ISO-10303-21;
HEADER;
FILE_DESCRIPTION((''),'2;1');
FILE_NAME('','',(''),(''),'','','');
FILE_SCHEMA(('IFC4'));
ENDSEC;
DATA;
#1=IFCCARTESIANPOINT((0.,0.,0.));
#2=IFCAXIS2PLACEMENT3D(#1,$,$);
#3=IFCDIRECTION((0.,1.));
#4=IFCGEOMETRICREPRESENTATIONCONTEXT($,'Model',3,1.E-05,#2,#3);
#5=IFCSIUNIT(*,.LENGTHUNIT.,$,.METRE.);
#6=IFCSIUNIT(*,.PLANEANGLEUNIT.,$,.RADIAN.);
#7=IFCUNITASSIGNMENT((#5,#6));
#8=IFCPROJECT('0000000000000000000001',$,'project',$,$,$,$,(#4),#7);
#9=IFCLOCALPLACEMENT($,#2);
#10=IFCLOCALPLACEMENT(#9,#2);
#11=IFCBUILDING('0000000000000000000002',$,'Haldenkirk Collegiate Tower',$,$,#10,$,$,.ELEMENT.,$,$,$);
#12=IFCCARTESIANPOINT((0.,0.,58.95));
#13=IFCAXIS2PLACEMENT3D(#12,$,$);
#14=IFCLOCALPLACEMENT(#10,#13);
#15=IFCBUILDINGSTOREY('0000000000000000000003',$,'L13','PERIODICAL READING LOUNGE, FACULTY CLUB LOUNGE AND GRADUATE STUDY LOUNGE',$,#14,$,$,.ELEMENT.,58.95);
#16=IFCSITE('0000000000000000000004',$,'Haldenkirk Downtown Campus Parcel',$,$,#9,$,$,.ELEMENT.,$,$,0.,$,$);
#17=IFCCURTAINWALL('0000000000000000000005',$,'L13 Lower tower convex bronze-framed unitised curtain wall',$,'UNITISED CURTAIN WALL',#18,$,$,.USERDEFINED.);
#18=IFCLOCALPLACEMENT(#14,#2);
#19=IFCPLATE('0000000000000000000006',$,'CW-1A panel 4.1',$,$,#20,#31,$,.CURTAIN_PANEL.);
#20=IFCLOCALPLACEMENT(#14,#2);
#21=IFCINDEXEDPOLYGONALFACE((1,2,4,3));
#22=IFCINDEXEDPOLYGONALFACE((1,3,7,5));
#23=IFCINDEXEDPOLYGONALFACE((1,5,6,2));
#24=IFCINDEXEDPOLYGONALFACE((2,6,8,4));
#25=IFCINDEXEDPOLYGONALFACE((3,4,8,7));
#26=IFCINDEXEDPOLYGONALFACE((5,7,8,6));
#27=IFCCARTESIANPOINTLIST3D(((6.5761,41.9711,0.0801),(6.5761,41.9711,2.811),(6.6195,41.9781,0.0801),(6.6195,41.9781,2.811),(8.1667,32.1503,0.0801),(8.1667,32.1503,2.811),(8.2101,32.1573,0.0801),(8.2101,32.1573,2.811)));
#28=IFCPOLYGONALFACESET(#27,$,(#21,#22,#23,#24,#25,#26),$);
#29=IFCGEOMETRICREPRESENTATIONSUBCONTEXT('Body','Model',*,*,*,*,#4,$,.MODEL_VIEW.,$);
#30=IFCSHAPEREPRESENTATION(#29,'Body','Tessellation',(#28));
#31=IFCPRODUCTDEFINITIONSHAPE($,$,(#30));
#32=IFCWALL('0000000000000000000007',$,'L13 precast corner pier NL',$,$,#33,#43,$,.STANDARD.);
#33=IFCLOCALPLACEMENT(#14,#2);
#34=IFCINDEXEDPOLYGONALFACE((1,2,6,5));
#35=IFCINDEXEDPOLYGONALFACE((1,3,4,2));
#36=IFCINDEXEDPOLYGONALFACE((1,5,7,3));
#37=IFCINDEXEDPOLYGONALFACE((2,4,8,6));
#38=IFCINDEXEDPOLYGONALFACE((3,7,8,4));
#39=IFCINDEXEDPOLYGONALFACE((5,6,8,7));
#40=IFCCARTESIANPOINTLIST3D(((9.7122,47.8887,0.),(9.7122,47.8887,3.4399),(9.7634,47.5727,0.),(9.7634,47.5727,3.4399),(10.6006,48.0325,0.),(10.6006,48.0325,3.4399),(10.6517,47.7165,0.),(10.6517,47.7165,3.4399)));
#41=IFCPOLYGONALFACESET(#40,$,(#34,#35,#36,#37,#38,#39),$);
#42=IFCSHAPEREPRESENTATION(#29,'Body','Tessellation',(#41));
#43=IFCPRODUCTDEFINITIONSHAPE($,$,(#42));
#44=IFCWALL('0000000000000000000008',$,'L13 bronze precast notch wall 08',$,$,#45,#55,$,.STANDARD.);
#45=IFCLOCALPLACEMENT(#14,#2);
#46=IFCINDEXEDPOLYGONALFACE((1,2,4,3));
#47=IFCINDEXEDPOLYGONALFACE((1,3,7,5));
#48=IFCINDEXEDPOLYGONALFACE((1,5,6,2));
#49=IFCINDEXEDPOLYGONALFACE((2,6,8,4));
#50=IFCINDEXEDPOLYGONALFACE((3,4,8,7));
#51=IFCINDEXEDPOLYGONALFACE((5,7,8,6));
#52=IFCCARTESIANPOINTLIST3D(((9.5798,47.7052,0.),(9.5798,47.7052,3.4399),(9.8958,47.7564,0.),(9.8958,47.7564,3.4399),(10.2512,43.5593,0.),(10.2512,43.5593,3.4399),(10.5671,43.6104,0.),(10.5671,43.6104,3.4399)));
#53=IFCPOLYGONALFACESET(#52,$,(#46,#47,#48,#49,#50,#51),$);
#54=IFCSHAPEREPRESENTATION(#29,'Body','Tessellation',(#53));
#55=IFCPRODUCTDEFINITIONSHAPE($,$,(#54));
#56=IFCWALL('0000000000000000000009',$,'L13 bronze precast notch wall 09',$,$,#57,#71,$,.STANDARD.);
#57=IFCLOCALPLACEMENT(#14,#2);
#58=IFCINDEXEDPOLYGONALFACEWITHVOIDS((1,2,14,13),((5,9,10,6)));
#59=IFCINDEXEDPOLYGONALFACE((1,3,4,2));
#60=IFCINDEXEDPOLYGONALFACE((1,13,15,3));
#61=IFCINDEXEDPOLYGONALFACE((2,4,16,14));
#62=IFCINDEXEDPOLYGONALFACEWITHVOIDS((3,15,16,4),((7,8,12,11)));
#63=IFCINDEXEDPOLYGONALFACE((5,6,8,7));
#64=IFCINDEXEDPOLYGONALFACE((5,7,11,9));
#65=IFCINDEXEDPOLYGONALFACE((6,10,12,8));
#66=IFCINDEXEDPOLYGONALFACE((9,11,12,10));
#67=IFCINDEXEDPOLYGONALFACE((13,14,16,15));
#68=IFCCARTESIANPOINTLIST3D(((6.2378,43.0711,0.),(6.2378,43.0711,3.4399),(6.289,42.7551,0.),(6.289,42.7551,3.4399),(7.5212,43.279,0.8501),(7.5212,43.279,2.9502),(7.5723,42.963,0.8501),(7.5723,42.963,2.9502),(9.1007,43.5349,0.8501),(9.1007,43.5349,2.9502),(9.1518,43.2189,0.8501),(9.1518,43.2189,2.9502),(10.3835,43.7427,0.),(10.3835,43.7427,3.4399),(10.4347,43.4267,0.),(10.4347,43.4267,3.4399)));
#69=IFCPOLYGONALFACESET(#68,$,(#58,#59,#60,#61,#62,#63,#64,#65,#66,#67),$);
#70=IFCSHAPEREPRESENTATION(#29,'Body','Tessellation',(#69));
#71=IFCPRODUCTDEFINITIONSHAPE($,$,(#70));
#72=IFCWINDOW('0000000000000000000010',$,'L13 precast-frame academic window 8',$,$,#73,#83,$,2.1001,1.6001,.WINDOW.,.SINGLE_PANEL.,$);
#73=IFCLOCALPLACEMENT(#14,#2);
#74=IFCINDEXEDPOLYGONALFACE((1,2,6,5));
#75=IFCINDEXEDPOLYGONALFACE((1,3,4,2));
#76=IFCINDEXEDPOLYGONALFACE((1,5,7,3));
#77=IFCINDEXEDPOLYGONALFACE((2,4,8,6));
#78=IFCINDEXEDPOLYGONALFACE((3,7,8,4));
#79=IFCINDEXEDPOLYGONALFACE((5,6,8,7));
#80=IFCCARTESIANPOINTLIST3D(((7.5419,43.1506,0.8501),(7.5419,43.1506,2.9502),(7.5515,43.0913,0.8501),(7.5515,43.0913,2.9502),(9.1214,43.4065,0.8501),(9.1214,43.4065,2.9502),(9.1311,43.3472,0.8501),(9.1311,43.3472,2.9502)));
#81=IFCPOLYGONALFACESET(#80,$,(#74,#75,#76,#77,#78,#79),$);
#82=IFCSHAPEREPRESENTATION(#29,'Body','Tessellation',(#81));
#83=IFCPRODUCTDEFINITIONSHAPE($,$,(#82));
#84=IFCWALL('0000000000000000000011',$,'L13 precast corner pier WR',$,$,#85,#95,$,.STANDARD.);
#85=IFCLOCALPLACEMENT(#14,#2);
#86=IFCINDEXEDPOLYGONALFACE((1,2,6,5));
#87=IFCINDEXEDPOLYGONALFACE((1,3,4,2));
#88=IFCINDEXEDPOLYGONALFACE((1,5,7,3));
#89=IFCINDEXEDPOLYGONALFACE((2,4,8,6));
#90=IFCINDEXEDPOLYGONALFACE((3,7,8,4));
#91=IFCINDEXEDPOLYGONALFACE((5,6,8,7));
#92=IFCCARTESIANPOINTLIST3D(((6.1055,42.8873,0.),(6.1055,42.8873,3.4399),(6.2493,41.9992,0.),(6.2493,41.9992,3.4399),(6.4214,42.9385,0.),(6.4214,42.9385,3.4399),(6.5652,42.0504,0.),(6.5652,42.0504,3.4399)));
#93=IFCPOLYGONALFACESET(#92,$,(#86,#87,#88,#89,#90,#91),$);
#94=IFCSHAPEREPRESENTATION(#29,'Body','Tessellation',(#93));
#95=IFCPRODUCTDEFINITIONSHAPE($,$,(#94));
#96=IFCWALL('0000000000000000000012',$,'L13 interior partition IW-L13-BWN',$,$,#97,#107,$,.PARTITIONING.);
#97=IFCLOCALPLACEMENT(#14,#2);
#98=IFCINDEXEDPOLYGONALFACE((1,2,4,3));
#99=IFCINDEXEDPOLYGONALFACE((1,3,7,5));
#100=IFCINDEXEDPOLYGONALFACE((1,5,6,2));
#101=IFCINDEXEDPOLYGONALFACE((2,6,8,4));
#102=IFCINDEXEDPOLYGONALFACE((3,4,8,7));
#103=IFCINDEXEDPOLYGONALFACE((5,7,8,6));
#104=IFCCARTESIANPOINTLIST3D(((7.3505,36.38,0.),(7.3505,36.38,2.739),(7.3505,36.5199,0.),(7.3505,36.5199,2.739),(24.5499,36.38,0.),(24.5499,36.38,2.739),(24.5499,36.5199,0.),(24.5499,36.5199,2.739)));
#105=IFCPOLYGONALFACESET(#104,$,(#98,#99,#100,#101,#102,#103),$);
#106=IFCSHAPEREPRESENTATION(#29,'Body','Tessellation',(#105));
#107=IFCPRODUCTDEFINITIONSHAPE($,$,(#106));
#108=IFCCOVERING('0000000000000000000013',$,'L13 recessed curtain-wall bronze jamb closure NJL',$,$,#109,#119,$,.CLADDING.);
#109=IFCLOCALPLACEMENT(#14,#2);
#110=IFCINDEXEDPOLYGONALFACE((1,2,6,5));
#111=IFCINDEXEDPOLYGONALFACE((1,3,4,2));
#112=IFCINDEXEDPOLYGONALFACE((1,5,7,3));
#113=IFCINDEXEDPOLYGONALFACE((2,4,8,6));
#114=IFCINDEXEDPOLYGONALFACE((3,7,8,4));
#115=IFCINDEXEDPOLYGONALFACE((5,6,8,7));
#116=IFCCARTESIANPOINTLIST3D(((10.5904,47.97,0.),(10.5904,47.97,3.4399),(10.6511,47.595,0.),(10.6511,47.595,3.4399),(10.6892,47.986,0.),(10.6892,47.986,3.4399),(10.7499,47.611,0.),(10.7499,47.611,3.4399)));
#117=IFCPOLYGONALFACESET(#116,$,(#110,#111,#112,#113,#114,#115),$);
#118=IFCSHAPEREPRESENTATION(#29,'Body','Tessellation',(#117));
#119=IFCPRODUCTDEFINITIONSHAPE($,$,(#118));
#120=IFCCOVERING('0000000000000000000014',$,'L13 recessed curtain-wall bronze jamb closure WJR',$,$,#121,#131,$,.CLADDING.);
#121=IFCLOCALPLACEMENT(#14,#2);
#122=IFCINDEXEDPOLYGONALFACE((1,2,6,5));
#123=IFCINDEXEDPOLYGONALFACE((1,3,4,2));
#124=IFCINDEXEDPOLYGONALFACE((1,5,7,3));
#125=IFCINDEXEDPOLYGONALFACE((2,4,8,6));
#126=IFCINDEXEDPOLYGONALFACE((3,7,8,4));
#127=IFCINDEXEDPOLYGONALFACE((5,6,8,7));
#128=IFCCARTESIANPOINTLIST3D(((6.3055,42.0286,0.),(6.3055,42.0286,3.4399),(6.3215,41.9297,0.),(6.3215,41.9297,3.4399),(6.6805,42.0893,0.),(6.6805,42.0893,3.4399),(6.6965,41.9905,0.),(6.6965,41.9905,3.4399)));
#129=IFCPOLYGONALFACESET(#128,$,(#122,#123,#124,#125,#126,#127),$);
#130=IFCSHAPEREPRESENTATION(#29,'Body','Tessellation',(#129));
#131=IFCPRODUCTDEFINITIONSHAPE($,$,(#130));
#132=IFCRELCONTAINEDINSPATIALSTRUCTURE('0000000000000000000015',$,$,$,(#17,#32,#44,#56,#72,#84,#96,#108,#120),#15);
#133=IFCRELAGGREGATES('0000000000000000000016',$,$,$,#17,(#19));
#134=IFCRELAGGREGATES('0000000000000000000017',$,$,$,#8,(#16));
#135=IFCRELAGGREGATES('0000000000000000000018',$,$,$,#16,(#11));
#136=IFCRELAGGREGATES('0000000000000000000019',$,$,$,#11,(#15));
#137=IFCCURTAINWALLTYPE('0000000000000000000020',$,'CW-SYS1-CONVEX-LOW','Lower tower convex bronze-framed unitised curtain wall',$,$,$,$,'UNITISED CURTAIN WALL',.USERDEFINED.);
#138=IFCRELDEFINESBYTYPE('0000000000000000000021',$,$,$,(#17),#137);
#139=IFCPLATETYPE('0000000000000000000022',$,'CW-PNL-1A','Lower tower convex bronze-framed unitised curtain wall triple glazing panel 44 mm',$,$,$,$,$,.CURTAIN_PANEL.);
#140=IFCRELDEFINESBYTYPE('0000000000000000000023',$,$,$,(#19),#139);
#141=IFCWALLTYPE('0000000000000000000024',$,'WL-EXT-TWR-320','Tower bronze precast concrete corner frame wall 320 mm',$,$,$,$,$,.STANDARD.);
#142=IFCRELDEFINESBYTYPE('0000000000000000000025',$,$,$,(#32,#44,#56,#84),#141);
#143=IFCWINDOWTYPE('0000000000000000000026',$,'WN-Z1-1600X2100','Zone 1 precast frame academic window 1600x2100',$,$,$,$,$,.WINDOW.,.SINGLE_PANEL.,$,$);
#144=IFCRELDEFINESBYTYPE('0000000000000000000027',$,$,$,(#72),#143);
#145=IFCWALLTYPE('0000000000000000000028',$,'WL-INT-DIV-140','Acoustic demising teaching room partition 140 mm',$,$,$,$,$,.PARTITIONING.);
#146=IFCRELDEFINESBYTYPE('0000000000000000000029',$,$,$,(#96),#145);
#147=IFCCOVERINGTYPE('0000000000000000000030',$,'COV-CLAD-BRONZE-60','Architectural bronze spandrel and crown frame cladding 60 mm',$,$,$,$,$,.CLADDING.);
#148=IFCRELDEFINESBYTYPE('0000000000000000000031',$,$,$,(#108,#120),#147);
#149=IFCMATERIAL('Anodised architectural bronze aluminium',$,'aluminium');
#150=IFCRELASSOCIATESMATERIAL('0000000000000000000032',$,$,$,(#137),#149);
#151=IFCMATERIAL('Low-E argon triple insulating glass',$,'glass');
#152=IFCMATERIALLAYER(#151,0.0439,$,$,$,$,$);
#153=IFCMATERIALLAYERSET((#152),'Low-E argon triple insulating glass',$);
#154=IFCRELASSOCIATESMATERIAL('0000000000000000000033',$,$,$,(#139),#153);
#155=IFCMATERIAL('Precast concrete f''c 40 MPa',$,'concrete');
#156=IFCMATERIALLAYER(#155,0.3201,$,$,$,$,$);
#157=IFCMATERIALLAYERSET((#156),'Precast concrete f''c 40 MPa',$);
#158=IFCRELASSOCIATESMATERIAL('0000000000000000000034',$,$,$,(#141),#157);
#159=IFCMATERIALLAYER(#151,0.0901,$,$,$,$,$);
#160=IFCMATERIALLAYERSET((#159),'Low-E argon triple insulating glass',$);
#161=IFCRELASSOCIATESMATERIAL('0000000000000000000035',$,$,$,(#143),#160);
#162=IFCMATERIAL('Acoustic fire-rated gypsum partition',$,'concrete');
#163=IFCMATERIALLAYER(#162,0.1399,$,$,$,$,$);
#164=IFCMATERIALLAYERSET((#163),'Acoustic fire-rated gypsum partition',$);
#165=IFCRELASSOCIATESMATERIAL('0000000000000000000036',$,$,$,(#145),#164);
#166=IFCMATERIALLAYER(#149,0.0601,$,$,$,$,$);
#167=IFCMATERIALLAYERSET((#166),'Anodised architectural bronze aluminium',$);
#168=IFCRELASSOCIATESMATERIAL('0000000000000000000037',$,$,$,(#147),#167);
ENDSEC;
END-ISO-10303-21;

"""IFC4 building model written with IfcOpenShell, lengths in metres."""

from ifc_helpers import new_model, si_unit, direction, frame, frame_2d, origin, origin_2d, place, context, subcontext, project, spatial, rectangle, extrude, source, transform, mapped, material, layer, layer_set, type_object, element, fill, aggregate, save


model = new_model("IFC4")

# Units and contexts
model_context = context("Model", 3, precision=1e-05, world=origin(), true_north=direction((0.0, 1.0)))
body_context = subcontext(model_context, "Body", "Model", "MODEL_VIEW")
ifc_project = project(units=[si_unit("LENGTHUNIT", "METRE"), si_unit("PLANEANGLEUNIT", "RADIAN")], contexts=[model_context])

# Site, building, storey
site_placement = place(None, origin())
site = spatial("IfcSite", under=ifc_project, at=site_placement, Name="Haldenkirk Downtown Campus Parcel", CompositionType="ELEMENT", RefElevation=0.0)
building_placement = place(site_placement, origin())
building = spatial("IfcBuilding", under=site, at=building_placement, Name="Haldenkirk Collegiate Tower", CompositionType="ELEMENT")
storey_placement = place(building_placement, frame((0.0, 0.0, 58.95)))
storey = spatial("IfcBuildingStorey", under=building, at=storey_placement, Name="L13", Description="PERIODICAL READING LOUNGE, FACULTY CLUB LOUNGE AND GRADUATE STUDY LOUNGE", CompositionType="ELEMENT", Elevation=58.95)

# Curtain wall
ifc_material_1 = material(Name="Anodised architectural bronze aluminium", Category="aluminium")
curtain_wall_type = type_object("IfcCurtainWallType", Name="CW-SYS1-CONVEX-LOW", Description="Lower tower convex bronze-framed unitised curtain wall", ElementType="UNITISED CURTAIN WALL", PredefinedType="USERDEFINED", material=ifc_material_1)
curtain_wall_1_placement = place(storey_placement, origin())
curtain_wall_1 = element("IfcCurtainWall", 1, at=curtain_wall_1_placement, inside=storey, type_object=curtain_wall_type, Name="L13 Lower tower convex bronze-framed unitised curtain wall", ObjectType="UNITISED CURTAIN WALL", PredefinedType="USERDEFINED")

# Plate
ifc_material_2 = material(Name="Low-E argon triple insulating glass", Category="glass")
ifc_layer_1 = layer(ifc_material_2, 0.0439)
ifc_layer_set_1 = layer_set([ifc_layer_1], Name="Low-E argon triple insulating glass")
plate_type = type_object("IfcPlateType", Name="CW-PNL-1A", Description="Lower tower convex bronze-framed unitised curtain wall triple glazing panel 44 mm", PredefinedType="CURTAIN_PANEL", material=ifc_layer_set_1)
shared_shape_1 = source(origin(), body_context, "Body", "SweptSolid", [
    extrude(rectangle(XDim=9.9487, YDim=0.0439, at=origin_2d()), origin(), (0.0, 0.0, 1.0), 2.731),
])
plate_placement = place(storey_placement, frame((7.3931, 37.0642, 0.0801), z_axis=(0.0, 0.0, 1.0), x_axis=(-0.159881, 0.987136, 0.0)))
plate = element("IfcPlate", 2, at=plate_placement, type_object=plate_type, Name="CW-1A panel 4.1", PredefinedType="CURTAIN_PANEL", context=body_context, shape_type="MappedRepresentation", body=[
    mapped(shared_shape_1, transform((0.0, 0.0, 0.0), x_axis=(1.0, 0.0, 0.0), y_axis=(0.0, 1.0, 0.0), z_axis=(0.0, 0.0, 1.0), scale=1.0)),
])
aggregate(curtain_wall_1, [plate])

# Walls
ifc_material_3 = material(Name="Precast concrete f'c 40 MPa", Category="concrete")
ifc_layer_2 = layer(ifc_material_3, 0.3201)
ifc_layer_set_2 = layer_set([ifc_layer_2], Name="Precast concrete f'c 40 MPa")
wall_type_1 = type_object("IfcWallType", Name="WL-EXT-TWR-320", Description="Tower bronze precast concrete corner frame wall 320 mm", PredefinedType="STANDARD", material=ifc_layer_set_2)
wall_1_placement = place(storey_placement, frame((9.7378, 47.7307, 0.0), z_axis=(0.0, 0.0, 1.0), x_axis=(0.987153, 0.159778, 0.0)))
element("IfcWall", 3, at=wall_1_placement, inside=storey, type_object=wall_type_1, Name="L13 precast corner pier NL", PredefinedType="STANDARD", context=body_context, shape_type="SweptSolid", body=[
    extrude(rectangle(XDim=0.8999, YDim=0.3201, at=frame_2d((0.45, 0.0))), origin(), (0.0, 0.0, 1.0), 3.4399),
])
wall_2_placement = place(storey_placement, frame((10.4092, 43.5847, 0.0), z_axis=(0.0, 0.0, 1.0), x_axis=(-0.159854, 0.987141, 0.0)))
element("IfcWall", 4, at=wall_2_placement, inside=storey, type_object=wall_type_1, Name="L13 bronze precast notch wall 08", PredefinedType="STANDARD", context=body_context, shape_type="SweptSolid", body=[
    extrude(rectangle(XDim=4.2, YDim=0.3201, at=frame_2d((2.1001, 0.0))), origin(), (0.0, 0.0, 1.0), 3.4399),
])

# Wall, opening, window
wall_3_placement = place(storey_placement, frame((6.2634, 42.9131, 0.0), z_axis=(0.0, 0.0, 1.0), x_axis=(0.98713, 0.15992, 0.0)))
wall_3 = element("IfcWall", 5, at=wall_3_placement, inside=storey, type_object=wall_type_1, Name="L13 bronze precast notch wall 09", PredefinedType="STANDARD", context=body_context, shape_type="SweptSolid", body=[
    extrude(rectangle(XDim=4.1997, YDim=0.3201, at=frame_2d((2.0999, 0.0))), origin(), (0.0, 0.0, 1.0), 3.4399),
])
opening_placement = place(wall_3_placement, frame((1.3, 0.0, 0.8501)))
opening = element("IfcOpeningElement", 6, at=opening_placement, cuts=wall_3, PredefinedType="OPENING", context=body_context, shape_type="SweptSolid", body=[
    extrude(rectangle(XDim=1.6001, YDim=2.1001, at=frame_2d((0.8, 1.05))), frame((0.0, 0.1699, 0.0), z_axis=(0.0, -1.0, 0.0), x_axis=(1.0, 0.0, 0.0)), (0.0, 0.0, 1.0), 0.3401),
])
ifc_layer_3 = layer(ifc_material_2, 0.0901)
ifc_layer_set_3 = layer_set([ifc_layer_3], Name="Low-E argon triple insulating glass")
window_type = type_object("IfcWindowType", Name="WN-Z1-1600X2100", Description="Zone 1 precast frame academic window 1600x2100", PartitioningType="SINGLE_PANEL", PredefinedType="WINDOW", material=ifc_layer_set_3)
window_placement = place(opening_placement, origin())
window = element("IfcWindow", 7, at=window_placement, inside=storey, type_object=window_type, Name="L13 precast-frame academic window 8", OverallHeight=2.1001, OverallWidth=1.6001, PartitioningType="SINGLE_PANEL", PredefinedType="WINDOW", context=body_context, shape_type="SweptSolid", body=[
    extrude(rectangle(XDim=1.6001, YDim=2.1001, at=frame_2d((0.8, 1.05))), frame((0.0, 0.03, 0.0), z_axis=(0.0, -1.0, 0.0), x_axis=(1.0, 0.0, 0.0)), (0.0, 0.0, 1.0), 0.0601),
])
fill(opening, window)

# Walls
wall_4_placement = place(storey_placement, frame((6.4072, 42.0249, 0.0), z_axis=(0.0, 0.0, 1.0), x_axis=(-0.159821, 0.987146, 0.0)))
element("IfcWall", 8, at=wall_4_placement, inside=storey, type_object=wall_type_1, Name="L13 precast corner pier WR", PredefinedType="STANDARD", context=body_context, shape_type="SweptSolid", body=[
    extrude(rectangle(XDim=0.8997, YDim=0.3201, at=frame_2d((0.4497, 0.0))), origin(), (0.0, 0.0, 1.0), 3.4399),
])
ifc_material_4 = material(Name="Acoustic fire-rated gypsum partition", Category="concrete")
ifc_layer_4 = layer(ifc_material_4, 0.1399)
ifc_layer_set_4 = layer_set([ifc_layer_4], Name="Acoustic fire-rated gypsum partition")
wall_type_2 = type_object("IfcWallType", Name="WL-INT-DIV-140", Description="Acoustic demising teaching room partition 140 mm", PredefinedType="PARTITIONING", material=ifc_layer_set_4)
wall_5_placement = place(storey_placement, frame((7.3506, 36.45, 0.0), z_axis=(0.0, 0.0, 1.0), x_axis=(1.0, 0.0, 0.0)))
element("IfcWall", 9, at=wall_5_placement, inside=storey, type_object=wall_type_2, Name="L13 interior partition IW-L13-BWN", PredefinedType="PARTITIONING", context=body_context, shape_type="SweptSolid", body=[
    extrude(rectangle(XDim=17.1995, YDim=0.1399, at=frame_2d((8.5996, 0.0))), origin(), (0.0, 0.0, 1.0), 2.739),
])

# Coverings
ifc_layer_5 = layer(ifc_material_1, 0.0601)
ifc_layer_set_5 = layer_set([ifc_layer_5], Name="Anodised architectural bronze aluminium")
covering_type = type_object("IfcCoveringType", Name="COV-CLAD-BRONZE-60", Description="Architectural bronze spandrel and crown frame cladding 60 mm", PredefinedType="CLADDING", material=ifc_layer_set_5)
shared_shape_2 = source(origin(), body_context, "Body", "SweptSolid", [
    extrude(rectangle(XDim=0.1001, YDim=0.3799, at=origin_2d()), origin(), (0.0, 0.0, 1.0), 3.4399),
])
for number, where, z_axis, x_axis, name in (
    (10, (10.6702, 47.7905, 0.0), (0.0, 0.0, 1.0), (0.987136, 0.159881, 0.0), "L13 recessed curtain-wall bronze jamb closure NJL"),
    (11, (6.501, 42.0095, 0.0), (0.0, 0.0, 1.0), (-0.159881, 0.987136, 0.0), "L13 recessed curtain-wall bronze jamb closure WJR"),
):
    element("IfcCovering", number, at=place(storey_placement, frame(where, z_axis=z_axis, x_axis=x_axis)), inside=storey, type_object=covering_type, Name=name, PredefinedType="CLADDING", context=body_context, shape_type="MappedRepresentation", body=[
        mapped(shared_shape_2, transform((0.0, 0.0, 0.0), x_axis=(1.0, 0.0, 0.0), y_axis=(0.0, 1.0, 0.0), z_axis=(0.0, 0.0, 1.0), scale=1.0)),
    ])

save(model, "model.ifc")
